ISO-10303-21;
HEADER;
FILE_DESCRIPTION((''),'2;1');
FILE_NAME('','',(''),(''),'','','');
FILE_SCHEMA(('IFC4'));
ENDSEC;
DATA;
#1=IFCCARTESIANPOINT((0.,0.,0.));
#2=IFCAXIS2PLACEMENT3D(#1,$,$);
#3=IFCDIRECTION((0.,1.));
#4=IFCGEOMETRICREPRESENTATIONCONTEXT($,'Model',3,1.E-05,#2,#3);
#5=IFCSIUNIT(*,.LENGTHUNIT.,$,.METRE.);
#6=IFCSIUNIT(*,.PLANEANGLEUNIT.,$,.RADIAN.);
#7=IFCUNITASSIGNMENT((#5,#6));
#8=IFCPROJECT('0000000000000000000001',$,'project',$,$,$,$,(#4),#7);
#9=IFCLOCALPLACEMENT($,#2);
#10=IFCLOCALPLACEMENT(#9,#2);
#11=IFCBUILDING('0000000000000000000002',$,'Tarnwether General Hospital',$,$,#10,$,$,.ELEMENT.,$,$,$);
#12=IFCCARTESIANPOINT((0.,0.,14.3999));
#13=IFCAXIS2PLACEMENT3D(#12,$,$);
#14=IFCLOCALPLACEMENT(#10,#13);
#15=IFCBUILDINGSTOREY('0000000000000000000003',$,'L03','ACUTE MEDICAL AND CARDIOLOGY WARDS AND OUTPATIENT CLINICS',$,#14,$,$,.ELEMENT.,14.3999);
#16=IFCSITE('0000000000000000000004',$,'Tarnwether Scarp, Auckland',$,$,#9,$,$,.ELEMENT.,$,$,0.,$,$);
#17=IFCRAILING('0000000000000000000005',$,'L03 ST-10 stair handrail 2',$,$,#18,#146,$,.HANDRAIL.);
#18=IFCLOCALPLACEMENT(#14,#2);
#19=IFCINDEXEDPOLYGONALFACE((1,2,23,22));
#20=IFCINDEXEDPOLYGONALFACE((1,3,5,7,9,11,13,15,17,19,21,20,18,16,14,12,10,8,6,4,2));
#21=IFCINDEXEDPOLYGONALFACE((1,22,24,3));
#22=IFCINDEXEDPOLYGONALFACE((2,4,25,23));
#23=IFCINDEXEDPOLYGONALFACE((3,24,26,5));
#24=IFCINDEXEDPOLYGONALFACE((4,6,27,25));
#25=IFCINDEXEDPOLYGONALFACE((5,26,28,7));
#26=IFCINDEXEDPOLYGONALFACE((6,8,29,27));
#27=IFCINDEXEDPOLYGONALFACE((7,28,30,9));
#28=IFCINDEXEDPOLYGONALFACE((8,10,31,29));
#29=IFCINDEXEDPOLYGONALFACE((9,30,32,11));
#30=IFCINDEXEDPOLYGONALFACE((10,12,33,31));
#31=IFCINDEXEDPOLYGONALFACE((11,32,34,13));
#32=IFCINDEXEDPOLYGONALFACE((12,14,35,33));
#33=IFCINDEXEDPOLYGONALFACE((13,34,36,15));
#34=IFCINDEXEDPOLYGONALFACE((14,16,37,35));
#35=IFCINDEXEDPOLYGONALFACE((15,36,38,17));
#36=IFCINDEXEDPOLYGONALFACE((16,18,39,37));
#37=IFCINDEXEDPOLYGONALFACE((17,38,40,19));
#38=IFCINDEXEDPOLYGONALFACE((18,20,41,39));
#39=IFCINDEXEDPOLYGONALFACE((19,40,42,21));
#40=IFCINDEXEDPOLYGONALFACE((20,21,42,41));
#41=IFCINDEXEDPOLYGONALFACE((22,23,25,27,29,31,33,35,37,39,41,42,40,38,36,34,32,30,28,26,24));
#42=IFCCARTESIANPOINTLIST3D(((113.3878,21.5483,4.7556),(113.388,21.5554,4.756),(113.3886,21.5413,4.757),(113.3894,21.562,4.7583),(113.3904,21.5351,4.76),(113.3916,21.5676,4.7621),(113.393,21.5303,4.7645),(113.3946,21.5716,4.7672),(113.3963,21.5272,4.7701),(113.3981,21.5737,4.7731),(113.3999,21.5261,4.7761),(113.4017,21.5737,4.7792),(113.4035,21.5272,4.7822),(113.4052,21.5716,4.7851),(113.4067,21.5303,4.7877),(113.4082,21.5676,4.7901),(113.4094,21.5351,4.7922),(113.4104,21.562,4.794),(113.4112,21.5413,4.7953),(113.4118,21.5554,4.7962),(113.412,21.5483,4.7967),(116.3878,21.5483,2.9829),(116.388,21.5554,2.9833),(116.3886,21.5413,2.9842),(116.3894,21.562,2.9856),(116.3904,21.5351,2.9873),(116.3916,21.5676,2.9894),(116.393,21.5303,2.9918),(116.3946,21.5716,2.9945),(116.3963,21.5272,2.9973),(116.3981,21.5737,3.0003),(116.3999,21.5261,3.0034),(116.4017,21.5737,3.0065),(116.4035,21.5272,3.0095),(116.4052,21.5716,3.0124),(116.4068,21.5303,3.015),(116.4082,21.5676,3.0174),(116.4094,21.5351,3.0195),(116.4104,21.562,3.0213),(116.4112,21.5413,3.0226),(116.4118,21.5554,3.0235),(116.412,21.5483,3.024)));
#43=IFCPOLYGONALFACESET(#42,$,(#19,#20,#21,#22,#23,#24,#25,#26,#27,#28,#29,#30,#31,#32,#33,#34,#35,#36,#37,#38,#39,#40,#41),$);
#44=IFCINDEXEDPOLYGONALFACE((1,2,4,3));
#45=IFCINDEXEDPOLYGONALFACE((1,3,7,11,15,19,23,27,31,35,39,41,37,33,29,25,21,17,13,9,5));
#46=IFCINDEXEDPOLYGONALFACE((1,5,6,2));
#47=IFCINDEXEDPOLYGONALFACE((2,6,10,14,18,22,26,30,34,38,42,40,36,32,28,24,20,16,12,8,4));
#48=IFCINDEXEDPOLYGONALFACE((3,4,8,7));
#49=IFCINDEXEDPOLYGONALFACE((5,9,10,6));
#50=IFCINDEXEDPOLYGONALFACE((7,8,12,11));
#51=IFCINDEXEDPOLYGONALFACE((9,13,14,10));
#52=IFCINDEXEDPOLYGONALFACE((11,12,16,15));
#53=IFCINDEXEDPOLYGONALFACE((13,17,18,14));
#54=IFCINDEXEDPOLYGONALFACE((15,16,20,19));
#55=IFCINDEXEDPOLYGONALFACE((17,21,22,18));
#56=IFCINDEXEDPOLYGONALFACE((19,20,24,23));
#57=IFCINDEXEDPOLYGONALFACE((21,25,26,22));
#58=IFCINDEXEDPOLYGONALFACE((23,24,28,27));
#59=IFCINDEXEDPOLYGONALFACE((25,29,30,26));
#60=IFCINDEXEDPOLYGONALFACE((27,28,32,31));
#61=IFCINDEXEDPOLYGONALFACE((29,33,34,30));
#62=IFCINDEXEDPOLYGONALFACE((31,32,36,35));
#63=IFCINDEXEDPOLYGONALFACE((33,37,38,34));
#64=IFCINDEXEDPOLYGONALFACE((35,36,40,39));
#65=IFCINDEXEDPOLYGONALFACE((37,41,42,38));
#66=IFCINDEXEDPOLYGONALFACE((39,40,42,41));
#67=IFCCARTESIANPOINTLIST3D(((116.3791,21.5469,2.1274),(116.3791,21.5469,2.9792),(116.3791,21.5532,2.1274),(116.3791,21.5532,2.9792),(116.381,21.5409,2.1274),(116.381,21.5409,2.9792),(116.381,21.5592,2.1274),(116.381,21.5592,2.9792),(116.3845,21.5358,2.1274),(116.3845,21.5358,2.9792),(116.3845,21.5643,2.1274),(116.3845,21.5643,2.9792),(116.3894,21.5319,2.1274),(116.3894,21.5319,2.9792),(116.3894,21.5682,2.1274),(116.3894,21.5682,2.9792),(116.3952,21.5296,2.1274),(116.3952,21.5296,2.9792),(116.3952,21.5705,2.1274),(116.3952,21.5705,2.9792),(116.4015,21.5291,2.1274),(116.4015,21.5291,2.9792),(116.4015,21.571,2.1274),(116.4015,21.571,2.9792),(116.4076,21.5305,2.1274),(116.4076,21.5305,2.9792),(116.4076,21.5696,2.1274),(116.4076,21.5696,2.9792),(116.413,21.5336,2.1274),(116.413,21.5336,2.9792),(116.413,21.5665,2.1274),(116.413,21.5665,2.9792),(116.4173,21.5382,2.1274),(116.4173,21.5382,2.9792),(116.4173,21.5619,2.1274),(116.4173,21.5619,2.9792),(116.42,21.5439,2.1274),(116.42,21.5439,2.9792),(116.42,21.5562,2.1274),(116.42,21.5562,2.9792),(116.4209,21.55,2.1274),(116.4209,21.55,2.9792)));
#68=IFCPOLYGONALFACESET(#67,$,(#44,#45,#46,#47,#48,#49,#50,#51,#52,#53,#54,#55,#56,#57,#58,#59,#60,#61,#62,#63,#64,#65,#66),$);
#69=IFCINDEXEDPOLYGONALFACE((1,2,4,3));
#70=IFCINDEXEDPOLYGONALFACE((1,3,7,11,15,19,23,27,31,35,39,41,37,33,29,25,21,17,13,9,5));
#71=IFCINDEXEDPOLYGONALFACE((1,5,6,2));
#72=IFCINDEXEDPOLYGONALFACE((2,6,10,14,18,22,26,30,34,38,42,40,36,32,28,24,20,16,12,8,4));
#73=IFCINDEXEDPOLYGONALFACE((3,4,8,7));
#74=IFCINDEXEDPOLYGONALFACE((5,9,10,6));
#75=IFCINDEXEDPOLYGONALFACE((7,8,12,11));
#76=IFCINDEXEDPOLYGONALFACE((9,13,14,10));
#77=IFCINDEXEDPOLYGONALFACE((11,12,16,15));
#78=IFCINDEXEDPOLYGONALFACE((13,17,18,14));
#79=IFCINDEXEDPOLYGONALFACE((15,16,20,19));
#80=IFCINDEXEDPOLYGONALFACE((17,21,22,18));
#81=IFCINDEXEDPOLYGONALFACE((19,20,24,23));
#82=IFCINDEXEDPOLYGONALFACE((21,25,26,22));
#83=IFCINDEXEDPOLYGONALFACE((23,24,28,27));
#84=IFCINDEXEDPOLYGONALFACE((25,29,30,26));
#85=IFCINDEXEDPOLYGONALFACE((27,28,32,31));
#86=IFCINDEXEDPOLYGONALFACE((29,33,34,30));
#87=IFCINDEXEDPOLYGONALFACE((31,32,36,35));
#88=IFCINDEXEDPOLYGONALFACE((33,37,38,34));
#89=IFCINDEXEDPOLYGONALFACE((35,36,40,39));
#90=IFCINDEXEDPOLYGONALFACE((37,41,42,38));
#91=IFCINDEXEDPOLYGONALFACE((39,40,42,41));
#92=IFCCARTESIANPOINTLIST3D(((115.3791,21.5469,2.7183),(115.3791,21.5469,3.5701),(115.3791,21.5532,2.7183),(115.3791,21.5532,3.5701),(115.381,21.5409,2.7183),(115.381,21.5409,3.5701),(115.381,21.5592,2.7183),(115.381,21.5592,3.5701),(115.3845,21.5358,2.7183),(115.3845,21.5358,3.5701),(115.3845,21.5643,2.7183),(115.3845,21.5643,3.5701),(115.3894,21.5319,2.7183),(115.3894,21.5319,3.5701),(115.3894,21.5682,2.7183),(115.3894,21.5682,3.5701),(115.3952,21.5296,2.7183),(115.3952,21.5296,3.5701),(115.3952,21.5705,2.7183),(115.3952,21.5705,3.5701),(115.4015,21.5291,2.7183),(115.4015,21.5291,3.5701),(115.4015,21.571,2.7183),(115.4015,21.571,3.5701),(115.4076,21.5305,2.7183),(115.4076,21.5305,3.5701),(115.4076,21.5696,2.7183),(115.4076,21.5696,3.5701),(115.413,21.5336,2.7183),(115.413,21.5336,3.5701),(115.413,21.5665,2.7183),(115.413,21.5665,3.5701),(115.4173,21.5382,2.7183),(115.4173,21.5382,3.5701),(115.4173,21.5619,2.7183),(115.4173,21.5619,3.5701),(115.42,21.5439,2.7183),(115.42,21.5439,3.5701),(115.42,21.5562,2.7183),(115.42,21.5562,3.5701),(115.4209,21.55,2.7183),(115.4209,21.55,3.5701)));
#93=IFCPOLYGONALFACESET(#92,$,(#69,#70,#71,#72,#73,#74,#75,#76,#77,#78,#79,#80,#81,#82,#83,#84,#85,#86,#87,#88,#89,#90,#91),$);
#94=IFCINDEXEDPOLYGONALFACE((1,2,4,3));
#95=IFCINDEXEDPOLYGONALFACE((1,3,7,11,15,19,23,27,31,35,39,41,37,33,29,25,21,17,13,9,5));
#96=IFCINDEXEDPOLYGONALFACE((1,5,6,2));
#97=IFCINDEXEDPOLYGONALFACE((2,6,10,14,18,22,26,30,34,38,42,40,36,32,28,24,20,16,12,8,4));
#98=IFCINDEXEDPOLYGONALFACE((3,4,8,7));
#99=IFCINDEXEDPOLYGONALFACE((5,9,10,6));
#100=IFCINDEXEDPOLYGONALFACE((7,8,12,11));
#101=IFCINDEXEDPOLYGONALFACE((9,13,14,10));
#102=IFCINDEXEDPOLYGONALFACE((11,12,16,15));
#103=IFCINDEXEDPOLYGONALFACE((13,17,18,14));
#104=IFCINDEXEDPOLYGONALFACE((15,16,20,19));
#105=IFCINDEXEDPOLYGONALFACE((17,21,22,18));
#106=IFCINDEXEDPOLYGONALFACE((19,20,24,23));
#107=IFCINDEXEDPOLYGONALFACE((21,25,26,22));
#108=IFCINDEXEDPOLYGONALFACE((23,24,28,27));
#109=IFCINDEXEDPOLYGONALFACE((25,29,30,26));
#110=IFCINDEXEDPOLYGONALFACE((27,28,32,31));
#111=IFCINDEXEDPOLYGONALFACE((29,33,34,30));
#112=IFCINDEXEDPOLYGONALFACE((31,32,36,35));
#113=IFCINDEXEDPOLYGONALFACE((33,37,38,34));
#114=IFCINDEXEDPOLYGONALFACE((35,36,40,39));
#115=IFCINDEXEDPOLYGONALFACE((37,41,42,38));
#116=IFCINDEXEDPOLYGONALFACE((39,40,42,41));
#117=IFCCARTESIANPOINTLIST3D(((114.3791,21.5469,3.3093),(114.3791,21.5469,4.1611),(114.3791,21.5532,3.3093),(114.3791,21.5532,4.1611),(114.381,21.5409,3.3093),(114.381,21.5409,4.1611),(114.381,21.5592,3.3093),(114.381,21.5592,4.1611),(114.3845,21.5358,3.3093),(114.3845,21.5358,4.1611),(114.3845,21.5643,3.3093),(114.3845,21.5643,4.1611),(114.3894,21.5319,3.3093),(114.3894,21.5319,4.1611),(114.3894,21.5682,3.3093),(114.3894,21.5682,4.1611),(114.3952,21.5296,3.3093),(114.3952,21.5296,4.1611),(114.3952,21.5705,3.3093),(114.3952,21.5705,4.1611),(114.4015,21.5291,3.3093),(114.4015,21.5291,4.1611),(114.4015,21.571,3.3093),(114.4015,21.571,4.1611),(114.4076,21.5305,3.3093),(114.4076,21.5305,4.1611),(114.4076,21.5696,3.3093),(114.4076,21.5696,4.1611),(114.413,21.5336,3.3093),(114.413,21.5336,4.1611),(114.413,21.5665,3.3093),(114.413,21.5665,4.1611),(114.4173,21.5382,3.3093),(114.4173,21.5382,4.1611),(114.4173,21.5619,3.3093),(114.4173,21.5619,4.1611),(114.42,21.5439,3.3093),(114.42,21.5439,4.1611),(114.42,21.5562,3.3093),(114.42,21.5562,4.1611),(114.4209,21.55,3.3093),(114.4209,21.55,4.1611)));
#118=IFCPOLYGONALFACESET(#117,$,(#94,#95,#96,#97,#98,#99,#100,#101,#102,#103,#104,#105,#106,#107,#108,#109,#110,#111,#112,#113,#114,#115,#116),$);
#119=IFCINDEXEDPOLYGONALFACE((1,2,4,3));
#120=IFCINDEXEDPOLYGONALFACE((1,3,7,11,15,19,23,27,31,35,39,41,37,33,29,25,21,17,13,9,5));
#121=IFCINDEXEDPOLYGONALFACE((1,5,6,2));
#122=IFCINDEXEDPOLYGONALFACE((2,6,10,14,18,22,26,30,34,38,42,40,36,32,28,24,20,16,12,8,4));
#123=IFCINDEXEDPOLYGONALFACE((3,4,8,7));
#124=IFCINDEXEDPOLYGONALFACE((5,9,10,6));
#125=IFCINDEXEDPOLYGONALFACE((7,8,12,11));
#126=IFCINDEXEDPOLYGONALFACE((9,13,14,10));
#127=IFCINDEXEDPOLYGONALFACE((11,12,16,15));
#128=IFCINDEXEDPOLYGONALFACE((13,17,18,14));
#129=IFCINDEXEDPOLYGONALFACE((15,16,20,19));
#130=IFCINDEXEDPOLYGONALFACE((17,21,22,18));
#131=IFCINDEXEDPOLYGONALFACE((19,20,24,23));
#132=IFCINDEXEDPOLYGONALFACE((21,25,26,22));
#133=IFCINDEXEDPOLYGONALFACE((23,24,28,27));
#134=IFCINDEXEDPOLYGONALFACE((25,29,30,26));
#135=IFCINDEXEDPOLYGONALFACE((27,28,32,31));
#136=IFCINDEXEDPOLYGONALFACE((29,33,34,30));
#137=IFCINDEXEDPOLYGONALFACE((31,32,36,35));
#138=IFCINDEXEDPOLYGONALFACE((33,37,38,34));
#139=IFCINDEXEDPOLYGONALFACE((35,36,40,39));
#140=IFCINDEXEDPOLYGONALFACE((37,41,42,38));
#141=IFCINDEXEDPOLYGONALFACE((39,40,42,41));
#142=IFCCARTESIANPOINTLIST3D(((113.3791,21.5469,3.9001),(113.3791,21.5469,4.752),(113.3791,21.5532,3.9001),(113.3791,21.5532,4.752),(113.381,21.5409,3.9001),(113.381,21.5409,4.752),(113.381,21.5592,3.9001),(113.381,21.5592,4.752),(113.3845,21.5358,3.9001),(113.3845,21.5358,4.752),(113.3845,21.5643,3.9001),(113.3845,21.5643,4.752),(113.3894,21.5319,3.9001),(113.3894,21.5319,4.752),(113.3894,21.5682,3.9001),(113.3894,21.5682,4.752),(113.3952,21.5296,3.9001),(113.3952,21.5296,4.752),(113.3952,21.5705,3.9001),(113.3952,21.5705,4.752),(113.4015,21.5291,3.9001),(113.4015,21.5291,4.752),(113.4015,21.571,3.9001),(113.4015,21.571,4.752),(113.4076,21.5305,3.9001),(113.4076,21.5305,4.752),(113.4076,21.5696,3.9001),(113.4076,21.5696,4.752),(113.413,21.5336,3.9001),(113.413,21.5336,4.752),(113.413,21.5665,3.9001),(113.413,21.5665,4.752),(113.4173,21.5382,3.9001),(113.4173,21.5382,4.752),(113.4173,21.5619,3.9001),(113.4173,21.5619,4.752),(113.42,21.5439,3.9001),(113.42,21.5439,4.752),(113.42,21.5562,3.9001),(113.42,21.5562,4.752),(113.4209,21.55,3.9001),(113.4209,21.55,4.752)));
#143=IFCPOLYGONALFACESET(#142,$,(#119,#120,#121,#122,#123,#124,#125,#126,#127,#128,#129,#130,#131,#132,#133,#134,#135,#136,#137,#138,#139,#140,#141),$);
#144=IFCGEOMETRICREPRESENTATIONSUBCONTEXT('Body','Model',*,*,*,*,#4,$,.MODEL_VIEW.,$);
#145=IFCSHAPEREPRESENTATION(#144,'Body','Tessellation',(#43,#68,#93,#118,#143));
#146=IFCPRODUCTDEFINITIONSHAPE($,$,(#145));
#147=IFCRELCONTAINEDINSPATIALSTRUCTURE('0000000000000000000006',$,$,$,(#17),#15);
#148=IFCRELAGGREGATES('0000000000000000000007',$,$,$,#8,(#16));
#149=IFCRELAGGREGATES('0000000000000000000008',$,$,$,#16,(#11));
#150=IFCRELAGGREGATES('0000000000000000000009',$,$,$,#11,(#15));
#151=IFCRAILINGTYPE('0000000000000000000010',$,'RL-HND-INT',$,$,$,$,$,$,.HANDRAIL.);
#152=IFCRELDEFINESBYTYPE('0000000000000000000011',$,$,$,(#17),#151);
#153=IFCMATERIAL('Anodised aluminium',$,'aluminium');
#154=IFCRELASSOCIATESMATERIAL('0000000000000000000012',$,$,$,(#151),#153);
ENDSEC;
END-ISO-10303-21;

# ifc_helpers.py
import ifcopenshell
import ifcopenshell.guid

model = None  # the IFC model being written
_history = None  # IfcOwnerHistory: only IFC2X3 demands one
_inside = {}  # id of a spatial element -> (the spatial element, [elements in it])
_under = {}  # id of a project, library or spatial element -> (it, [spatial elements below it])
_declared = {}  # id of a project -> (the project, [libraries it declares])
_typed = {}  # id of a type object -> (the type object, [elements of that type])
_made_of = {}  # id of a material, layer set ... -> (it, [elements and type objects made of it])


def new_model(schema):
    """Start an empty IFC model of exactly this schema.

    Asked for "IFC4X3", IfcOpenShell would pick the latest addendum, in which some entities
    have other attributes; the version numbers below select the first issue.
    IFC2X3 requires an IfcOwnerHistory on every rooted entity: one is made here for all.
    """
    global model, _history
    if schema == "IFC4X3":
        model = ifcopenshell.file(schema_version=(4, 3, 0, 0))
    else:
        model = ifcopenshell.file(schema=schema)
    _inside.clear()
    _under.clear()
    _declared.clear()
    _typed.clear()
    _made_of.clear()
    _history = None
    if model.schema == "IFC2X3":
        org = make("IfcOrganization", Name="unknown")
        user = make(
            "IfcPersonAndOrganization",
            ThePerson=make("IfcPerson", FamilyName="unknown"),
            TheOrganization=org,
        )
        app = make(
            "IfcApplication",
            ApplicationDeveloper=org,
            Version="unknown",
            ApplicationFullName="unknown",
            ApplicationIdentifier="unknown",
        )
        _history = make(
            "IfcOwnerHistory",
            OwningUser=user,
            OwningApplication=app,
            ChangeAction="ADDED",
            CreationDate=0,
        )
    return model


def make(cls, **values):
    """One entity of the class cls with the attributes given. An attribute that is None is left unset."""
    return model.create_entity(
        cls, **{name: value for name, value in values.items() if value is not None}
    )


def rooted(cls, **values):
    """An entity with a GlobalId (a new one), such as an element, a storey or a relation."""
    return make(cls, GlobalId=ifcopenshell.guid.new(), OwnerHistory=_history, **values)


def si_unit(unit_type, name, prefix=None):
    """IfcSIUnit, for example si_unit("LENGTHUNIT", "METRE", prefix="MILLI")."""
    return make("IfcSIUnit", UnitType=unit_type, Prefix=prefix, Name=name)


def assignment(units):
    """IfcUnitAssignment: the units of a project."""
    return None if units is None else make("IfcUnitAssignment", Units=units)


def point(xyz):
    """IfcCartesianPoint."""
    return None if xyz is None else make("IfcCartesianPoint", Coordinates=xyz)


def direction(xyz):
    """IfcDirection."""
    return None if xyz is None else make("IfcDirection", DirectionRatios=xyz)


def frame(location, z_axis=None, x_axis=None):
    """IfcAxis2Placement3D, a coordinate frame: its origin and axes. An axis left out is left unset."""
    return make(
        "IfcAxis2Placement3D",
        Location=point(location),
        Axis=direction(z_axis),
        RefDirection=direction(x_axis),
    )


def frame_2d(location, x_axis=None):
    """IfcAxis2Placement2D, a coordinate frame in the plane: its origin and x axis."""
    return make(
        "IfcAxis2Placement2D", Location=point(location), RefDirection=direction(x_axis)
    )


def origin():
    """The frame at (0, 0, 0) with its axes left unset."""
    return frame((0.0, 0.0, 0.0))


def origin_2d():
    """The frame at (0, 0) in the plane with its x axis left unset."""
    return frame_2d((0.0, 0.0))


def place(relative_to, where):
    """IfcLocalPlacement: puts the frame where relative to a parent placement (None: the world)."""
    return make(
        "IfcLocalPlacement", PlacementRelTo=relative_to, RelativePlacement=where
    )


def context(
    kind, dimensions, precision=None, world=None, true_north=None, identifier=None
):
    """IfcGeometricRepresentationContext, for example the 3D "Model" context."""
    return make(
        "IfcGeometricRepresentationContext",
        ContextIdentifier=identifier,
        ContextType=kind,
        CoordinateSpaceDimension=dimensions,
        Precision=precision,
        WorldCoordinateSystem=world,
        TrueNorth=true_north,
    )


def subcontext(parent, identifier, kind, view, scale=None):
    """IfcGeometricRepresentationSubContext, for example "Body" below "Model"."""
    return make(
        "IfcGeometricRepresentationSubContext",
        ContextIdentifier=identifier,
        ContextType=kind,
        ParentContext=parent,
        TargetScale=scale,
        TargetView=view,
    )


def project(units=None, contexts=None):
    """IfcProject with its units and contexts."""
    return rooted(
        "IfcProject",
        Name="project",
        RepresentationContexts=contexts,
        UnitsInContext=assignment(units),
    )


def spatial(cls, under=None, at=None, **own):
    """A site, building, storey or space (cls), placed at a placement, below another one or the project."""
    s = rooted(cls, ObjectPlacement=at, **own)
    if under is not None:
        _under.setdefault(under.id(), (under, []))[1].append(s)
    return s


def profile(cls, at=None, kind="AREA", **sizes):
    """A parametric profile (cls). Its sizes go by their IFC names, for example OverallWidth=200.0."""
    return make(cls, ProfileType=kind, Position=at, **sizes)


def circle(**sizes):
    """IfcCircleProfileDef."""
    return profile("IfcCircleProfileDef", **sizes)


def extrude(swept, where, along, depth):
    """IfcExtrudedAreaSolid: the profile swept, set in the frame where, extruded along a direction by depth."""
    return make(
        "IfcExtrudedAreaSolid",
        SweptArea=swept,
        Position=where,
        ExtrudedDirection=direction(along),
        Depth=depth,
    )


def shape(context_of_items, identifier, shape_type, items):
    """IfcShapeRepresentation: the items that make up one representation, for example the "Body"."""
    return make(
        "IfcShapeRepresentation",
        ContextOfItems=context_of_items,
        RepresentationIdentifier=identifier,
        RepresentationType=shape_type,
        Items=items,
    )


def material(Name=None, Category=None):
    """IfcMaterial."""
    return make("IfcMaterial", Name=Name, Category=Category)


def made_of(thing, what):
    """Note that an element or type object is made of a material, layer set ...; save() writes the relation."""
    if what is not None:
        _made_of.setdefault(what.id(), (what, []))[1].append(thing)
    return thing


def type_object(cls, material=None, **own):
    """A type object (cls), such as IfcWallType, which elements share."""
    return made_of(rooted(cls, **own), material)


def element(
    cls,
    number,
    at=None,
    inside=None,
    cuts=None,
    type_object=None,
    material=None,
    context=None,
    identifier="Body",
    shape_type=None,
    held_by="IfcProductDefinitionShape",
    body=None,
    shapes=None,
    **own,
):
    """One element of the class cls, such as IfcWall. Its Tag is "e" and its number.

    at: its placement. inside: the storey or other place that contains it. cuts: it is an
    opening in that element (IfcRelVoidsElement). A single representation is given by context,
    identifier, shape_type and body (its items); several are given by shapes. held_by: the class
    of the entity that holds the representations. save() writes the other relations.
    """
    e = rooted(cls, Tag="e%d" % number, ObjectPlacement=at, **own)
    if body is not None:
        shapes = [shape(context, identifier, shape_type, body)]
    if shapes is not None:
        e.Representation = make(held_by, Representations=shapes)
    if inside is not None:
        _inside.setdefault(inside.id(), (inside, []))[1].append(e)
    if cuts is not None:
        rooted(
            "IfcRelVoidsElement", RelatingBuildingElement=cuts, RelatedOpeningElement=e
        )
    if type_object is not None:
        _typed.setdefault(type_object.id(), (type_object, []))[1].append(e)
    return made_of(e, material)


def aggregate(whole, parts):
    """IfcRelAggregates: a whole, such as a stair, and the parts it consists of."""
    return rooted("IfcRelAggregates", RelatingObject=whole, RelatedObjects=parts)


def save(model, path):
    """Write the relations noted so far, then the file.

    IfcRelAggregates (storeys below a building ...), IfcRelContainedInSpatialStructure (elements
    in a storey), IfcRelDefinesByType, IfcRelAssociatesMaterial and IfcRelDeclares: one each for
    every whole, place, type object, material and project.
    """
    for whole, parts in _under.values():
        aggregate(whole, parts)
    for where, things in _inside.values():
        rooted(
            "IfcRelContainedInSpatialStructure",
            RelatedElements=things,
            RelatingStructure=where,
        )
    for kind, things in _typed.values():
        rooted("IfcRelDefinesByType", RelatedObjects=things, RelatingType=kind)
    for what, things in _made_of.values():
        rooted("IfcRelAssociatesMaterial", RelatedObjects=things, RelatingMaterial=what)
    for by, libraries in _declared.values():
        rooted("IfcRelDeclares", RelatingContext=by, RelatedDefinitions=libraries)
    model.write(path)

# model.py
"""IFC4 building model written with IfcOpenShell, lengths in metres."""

from ifc_helpers import new_model, si_unit, direction, frame, origin, origin_2d, place, context, subcontext, project, spatial, circle, extrude, material, type_object, element, save


model = new_model("IFC4")

# Units and contexts
model_context = context("Model", 3, precision=1e-05, world=origin(), true_north=direction((0.0, 1.0)))
body_context = subcontext(model_context, "Body", "Model", "MODEL_VIEW")
ifc_project = project(units=[si_unit("LENGTHUNIT", "METRE"), si_unit("PLANEANGLEUNIT", "RADIAN")], contexts=[model_context])

# Site, building, storey
site_placement = place(None, origin())
site = spatial("IfcSite", under=ifc_project, at=site_placement, Name="Tarnwether Scarp, Auckland", CompositionType="ELEMENT", RefElevation=0.0)
building_placement = place(site_placement, origin())
building = spatial("IfcBuilding", under=site, at=building_placement, Name="Tarnwether General Hospital", CompositionType="ELEMENT")
storey_placement = place(building_placement, frame((0.0, 0.0, 14.3999)))
storey = spatial("IfcBuildingStorey", under=building, at=storey_placement, Name="L03", Description="ACUTE MEDICAL AND CARDIOLOGY WARDS AND OUTPATIENT CLINICS", CompositionType="ELEMENT", Elevation=14.3999)

# Railing
ifc_material_1 = material(Name="Anodised aluminium", Category="aluminium")
railing_type_1 = type_object("IfcRailingType", Name="RL-HND-INT", PredefinedType="HANDRAIL", material=ifc_material_1)
railing_1_placement = place(storey_placement, frame((116.3999, 21.55, 2.1274)))
element("IfcRailing", 1, at=railing_1_placement, inside=storey, type_object=railing_type_1, Name="L03 ST-10 stair handrail 2", PredefinedType="HANDRAIL", context=body_context, shape_type="SweptSolid", body=[
    extrude(circle(Radius=0.0239, at=origin_2d()), frame((0.0, 0.0, 0.876), z_axis=(-0.860929, 0.0, 0.508725), x_axis=(0.0, -1.0, 0.0)), (0.0, 0.0, 1.0), 3.4846),
    extrude(circle(Radius=0.021, at=origin_2d()), origin(), (0.0, 0.0, 1.0), 0.8518),
    extrude(circle(Radius=0.021, at=origin_2d()), frame((-1.0, 0.0, 0.5908)), (0.0, 0.0, 1.0), 0.8518),
    extrude(circle(Radius=0.021, at=origin_2d()), frame((-2.0, 0.0, 1.1819)), (0.0, 0.0, 1.0), 0.8518),
    extrude(circle(Radius=0.021, at=origin_2d()), frame((-3.0, 0.0, 1.7727)), (0.0, 0.0, 1.0), 0.8518),
])

save(model, "model.ifc")
